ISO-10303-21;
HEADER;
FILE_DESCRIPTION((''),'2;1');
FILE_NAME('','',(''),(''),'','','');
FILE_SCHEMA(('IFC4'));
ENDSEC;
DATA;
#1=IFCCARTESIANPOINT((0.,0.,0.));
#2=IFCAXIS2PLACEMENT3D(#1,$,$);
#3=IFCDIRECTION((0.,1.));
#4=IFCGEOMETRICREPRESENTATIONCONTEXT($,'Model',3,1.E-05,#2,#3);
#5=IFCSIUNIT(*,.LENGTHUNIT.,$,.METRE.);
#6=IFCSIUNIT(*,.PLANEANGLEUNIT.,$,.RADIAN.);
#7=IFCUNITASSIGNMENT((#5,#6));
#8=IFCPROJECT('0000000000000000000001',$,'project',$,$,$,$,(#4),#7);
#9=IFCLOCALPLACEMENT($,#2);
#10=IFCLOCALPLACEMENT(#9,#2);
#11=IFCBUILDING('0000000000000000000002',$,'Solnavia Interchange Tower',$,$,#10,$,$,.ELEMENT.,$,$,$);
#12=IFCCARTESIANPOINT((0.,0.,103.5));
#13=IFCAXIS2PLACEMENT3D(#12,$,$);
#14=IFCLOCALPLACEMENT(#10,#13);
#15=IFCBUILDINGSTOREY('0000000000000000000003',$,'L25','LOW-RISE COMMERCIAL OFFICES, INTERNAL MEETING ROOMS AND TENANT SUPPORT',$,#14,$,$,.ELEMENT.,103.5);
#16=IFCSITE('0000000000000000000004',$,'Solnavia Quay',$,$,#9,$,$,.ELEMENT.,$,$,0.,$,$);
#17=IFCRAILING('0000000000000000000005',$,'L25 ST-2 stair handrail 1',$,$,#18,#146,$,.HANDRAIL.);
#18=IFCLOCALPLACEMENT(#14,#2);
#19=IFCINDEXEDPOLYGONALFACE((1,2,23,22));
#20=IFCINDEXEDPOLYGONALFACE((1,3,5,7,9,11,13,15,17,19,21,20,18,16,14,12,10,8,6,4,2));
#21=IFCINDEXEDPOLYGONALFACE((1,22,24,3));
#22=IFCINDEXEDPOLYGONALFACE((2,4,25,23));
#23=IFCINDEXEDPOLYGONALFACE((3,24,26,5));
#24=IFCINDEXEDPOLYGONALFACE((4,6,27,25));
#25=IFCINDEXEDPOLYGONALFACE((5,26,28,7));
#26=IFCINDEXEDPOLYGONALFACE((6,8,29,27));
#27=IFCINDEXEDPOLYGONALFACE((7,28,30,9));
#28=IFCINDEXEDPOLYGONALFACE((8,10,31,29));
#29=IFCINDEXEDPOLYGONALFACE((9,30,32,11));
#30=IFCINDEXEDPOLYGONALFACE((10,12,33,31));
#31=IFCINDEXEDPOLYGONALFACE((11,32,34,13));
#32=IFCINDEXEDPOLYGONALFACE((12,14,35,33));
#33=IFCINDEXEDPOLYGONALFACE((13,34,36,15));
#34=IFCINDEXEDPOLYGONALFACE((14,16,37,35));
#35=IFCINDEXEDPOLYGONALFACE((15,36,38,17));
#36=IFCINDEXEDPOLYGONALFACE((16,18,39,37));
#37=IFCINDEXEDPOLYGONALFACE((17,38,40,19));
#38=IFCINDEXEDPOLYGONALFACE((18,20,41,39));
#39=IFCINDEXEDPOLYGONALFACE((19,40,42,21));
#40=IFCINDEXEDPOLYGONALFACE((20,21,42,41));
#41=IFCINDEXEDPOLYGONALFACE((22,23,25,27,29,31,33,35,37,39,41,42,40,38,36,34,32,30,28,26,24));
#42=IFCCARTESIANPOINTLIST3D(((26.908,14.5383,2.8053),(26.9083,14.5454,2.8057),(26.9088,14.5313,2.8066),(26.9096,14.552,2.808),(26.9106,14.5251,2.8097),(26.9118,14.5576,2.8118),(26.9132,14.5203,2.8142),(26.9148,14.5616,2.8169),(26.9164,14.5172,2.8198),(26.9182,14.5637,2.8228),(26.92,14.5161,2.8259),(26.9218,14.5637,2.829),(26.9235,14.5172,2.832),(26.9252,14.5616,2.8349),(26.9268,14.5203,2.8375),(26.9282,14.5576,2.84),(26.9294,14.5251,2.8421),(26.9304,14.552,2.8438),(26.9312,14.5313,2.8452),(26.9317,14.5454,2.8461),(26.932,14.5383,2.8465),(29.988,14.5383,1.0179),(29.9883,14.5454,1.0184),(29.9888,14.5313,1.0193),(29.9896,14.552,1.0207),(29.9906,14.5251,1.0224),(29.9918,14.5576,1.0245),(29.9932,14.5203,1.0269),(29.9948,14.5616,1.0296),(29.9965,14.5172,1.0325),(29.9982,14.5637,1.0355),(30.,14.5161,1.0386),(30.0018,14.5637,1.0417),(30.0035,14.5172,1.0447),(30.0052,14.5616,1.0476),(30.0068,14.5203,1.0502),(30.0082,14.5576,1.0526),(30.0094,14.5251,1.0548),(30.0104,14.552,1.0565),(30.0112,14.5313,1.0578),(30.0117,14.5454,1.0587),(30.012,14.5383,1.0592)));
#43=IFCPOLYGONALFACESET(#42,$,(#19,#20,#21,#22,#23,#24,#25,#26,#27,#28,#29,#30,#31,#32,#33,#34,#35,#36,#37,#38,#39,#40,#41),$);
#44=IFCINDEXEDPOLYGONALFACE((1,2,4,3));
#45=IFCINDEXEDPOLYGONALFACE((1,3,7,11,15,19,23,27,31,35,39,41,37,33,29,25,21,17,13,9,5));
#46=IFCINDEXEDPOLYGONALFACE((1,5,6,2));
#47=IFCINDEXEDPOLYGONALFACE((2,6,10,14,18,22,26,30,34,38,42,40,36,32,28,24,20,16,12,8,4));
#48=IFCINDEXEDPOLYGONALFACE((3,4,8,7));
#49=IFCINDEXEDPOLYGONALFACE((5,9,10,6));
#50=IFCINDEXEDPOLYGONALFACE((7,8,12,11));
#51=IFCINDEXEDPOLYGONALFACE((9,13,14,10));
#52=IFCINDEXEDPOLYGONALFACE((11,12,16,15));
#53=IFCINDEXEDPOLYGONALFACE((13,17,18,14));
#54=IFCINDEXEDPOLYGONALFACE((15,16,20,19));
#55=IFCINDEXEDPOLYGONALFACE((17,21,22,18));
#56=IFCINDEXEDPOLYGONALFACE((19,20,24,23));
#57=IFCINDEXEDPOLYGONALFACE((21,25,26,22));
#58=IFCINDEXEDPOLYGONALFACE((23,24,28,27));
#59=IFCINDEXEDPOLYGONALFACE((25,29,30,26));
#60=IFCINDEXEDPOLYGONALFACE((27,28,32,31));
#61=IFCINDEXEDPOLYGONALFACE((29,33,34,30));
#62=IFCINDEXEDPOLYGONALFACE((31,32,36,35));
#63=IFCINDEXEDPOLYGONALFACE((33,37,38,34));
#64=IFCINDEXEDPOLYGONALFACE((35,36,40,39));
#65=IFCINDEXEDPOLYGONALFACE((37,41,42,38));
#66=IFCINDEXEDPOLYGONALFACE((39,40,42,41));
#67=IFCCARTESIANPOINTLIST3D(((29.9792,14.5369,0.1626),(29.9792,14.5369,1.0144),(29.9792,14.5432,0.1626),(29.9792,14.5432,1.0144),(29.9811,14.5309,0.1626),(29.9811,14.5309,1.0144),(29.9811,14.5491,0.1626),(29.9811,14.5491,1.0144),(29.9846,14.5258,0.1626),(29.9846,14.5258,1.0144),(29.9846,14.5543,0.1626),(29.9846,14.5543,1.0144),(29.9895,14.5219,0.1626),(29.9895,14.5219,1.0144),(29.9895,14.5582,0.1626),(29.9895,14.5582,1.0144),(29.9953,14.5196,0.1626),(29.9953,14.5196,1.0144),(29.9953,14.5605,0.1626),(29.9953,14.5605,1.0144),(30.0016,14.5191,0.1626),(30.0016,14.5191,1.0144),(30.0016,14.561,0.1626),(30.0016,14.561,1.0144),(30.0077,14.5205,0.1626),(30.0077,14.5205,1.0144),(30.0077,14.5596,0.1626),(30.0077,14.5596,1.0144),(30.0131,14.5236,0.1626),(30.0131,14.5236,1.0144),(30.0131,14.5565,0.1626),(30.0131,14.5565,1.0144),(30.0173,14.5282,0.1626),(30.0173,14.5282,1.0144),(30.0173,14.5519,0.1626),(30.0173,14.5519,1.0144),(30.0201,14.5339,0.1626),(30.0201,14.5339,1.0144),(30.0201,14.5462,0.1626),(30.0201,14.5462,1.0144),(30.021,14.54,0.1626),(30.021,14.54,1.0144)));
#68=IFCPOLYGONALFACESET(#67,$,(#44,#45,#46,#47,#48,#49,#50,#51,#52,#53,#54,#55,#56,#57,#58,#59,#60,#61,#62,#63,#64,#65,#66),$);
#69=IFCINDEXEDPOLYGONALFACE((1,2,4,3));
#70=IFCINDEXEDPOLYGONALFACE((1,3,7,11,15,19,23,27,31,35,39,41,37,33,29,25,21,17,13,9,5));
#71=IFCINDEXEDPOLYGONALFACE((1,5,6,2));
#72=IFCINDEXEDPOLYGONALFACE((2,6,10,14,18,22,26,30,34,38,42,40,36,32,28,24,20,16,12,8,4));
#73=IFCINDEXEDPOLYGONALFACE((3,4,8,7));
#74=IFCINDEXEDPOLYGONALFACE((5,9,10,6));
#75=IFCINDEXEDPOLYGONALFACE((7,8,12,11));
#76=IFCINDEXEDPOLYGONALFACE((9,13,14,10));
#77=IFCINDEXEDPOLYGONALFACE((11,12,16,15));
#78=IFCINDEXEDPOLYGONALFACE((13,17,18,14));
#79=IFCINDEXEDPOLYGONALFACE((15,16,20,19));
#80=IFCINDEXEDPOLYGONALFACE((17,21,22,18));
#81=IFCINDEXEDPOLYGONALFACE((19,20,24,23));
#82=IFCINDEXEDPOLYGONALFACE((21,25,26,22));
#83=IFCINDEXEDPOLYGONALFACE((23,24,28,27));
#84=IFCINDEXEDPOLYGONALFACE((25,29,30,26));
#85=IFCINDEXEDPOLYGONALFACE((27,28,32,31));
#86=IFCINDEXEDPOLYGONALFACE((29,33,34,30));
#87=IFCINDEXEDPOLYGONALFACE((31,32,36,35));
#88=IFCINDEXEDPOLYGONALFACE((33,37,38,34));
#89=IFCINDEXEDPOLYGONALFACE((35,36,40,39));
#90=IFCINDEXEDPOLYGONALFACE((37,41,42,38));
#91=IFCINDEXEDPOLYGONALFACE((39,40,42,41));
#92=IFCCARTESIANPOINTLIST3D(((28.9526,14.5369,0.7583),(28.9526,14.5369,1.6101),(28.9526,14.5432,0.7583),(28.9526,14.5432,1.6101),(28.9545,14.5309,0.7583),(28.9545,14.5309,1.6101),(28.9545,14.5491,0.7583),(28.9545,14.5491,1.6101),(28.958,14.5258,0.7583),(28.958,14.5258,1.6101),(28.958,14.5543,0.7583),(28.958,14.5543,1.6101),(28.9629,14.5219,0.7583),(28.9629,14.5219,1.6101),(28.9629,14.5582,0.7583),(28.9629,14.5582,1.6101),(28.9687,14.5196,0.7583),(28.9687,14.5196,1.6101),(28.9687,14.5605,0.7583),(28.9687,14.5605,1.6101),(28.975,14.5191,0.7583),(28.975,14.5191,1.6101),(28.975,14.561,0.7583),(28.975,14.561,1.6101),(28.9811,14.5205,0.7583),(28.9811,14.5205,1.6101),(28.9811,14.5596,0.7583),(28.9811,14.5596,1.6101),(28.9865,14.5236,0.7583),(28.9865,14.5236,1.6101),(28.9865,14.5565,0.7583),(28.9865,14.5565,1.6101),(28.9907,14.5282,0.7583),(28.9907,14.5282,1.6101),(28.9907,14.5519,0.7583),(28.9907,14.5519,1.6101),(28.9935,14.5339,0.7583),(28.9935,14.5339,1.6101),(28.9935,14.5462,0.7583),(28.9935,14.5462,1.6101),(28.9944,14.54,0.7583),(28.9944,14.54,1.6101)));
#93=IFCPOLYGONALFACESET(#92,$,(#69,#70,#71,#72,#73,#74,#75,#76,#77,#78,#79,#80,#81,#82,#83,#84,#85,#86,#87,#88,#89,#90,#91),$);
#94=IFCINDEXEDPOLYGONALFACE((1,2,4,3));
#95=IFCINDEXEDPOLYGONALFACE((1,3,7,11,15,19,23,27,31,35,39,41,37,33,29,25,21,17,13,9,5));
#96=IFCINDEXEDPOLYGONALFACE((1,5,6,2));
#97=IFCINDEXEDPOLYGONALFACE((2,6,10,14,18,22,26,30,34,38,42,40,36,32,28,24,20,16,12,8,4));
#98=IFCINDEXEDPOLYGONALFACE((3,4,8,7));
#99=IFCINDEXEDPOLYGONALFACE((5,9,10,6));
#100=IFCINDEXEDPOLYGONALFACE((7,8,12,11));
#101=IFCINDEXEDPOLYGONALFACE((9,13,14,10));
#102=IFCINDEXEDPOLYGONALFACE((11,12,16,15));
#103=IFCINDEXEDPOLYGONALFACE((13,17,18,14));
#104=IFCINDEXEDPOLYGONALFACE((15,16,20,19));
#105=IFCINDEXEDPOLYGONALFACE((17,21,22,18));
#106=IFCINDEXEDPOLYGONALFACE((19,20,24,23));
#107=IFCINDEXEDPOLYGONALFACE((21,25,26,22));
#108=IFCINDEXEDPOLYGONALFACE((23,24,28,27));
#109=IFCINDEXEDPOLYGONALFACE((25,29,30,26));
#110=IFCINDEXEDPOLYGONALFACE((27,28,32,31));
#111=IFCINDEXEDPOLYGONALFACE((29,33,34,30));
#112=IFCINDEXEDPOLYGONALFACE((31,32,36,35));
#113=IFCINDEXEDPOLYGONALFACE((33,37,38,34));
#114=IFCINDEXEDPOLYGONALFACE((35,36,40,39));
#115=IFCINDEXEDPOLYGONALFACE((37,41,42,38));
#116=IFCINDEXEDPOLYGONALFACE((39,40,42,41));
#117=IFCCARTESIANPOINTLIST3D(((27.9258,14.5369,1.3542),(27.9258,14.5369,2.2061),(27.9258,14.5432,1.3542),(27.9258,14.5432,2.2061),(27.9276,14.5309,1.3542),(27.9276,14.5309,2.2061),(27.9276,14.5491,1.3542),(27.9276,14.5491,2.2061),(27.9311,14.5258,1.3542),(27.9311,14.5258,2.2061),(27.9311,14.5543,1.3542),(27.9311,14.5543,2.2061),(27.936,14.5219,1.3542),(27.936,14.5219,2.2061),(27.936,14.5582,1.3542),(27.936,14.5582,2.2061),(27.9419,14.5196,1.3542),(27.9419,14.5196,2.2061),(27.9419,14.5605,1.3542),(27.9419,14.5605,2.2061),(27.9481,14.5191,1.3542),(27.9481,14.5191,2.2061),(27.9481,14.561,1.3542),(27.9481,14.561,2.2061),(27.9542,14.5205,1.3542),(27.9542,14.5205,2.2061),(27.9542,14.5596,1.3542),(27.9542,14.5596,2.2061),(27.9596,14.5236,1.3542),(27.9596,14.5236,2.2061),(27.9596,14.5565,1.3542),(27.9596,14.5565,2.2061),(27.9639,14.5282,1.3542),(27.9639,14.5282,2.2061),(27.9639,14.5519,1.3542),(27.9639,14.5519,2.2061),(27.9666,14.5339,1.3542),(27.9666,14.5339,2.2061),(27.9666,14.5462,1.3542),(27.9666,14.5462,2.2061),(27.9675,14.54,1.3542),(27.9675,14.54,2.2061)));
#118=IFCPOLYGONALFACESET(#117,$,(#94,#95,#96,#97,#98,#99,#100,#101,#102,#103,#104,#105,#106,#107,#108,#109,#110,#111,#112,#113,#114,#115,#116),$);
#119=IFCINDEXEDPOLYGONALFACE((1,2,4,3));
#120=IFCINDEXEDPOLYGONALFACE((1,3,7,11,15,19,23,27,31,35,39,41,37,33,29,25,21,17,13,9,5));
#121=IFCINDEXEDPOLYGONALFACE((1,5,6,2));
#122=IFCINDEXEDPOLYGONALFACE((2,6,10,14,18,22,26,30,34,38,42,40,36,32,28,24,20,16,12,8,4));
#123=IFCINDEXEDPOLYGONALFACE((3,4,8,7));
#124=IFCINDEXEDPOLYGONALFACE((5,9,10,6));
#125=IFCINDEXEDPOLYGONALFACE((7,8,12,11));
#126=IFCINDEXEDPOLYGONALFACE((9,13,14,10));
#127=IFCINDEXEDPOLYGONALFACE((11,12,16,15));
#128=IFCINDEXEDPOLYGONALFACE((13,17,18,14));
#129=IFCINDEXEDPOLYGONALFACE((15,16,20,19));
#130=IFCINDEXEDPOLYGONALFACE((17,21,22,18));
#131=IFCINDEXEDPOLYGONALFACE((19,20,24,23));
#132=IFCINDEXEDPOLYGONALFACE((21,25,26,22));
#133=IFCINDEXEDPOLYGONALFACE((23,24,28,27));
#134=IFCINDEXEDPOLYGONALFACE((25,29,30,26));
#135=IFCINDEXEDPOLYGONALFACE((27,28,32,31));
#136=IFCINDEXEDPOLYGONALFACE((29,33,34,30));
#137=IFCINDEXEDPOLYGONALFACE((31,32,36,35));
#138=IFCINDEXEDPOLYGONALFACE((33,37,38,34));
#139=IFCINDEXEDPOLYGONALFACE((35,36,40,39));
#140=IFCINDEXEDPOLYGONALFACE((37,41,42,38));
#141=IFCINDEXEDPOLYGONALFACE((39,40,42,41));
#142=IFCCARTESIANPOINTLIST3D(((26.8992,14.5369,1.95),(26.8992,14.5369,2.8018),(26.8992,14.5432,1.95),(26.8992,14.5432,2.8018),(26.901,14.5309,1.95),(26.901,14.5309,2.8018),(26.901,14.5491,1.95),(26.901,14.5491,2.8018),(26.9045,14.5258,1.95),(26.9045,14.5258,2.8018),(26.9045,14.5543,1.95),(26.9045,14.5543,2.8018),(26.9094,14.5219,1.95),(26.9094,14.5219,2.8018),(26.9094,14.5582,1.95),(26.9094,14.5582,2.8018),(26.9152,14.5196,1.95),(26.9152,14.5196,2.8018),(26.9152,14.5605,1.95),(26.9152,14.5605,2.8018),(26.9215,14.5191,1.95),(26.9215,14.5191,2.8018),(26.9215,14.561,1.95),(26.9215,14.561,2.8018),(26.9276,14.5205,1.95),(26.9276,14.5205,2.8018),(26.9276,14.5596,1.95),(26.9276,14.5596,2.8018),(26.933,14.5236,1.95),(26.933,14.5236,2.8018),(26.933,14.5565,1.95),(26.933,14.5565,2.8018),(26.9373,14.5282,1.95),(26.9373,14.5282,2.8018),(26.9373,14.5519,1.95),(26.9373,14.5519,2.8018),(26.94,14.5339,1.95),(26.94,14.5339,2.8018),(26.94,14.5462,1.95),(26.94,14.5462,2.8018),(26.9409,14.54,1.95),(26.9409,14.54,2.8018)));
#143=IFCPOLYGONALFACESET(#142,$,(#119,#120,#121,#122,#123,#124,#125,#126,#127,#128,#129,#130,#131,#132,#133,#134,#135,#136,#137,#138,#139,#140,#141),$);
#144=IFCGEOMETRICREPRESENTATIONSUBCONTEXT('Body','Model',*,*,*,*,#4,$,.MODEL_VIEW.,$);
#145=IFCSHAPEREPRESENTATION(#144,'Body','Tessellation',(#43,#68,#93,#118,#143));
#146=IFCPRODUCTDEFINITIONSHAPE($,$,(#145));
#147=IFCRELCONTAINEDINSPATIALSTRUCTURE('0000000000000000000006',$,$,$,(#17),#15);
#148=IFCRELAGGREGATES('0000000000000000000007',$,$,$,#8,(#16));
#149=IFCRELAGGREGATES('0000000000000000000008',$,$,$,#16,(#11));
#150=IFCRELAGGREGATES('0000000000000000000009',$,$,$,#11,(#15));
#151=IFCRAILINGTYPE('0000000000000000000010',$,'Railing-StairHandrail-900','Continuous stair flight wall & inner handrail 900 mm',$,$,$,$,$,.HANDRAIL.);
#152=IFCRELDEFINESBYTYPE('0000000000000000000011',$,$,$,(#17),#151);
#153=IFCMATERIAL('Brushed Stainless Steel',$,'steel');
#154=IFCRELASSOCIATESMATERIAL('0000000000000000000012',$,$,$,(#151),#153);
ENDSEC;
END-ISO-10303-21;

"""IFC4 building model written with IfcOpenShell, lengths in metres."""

from ifc_helpers import new_model, si_unit, direction, frame, origin, origin_2d, place, context, subcontext, project, spatial, circle, extrude, material, type_object, element, save


model = new_model("IFC4")

# Units and contexts
model_context = context("Model", 3, precision=1e-05, world=origin(), true_north=direction((0.0, 1.0)))
body_context = subcontext(model_context, "Body", "Model", "MODEL_VIEW")
ifc_project = project(units=[si_unit("LENGTHUNIT", "METRE"), si_unit("PLANEANGLEUNIT", "RADIAN")], contexts=[model_context])

# Site, building, storey
site_placement = place(None, origin())
site = spatial("IfcSite", under=ifc_project, at=site_placement, Name="Solnavia Quay", CompositionType="ELEMENT", RefElevation=0.0)
building_placement = place(site_placement, origin())
building = spatial("IfcBuilding", under=site, at=building_placement, Name="Solnavia Interchange Tower", CompositionType="ELEMENT")
storey_placement = place(building_placement, frame((0.0, 0.0, 103.5)))
storey = spatial("IfcBuildingStorey", under=building, at=storey_placement, Name="L25", Description="LOW-RISE COMMERCIAL OFFICES, INTERNAL MEETING ROOMS AND TENANT SUPPORT", CompositionType="ELEMENT", Elevation=103.5)

# Railing
ifc_material_1 = material(Name="Brushed Stainless Steel", Category="steel")
railing_type_1 = type_object("IfcRailingType", Name="Railing-StairHandrail-900", Description="Continuous stair flight wall & inner handrail 900 mm", PredefinedType="HANDRAIL", material=ifc_material_1)
railing_1_placement = place(storey_placement, frame((30.0, 14.54, 0.1626)))
element("IfcRailing", 1, at=railing_1_placement, inside=storey, type_object=railing_type_1, Name="L25 ST-2 stair handrail 1", PredefinedType="HANDRAIL", context=body_context, shape_type="SweptSolid", body=[
    extrude(circle(Radius=0.0239, at=origin_2d()), frame((0.0, 0.0, 0.876), z_axis=(-0.86492, 0.0, 0.501909), x_axis=(0.0, -1.0, 0.0)), (0.0, 0.0, 1.0), 3.561),
    extrude(circle(Radius=0.021, at=origin_2d()), origin(), (0.0, 0.0, 1.0), 0.8518),
    extrude(circle(Radius=0.021, at=origin_2d()), frame((-1.0266, 0.0, 0.5957)), (0.0, 0.0, 1.0), 0.8518),
    extrude(circle(Radius=0.021, at=origin_2d()), frame((-2.0535, 0.0, 1.1917)), (0.0, 0.0, 1.0), 0.8518),
    extrude(circle(Radius=0.021, at=origin_2d()), frame((-3.0801, 0.0, 1.7874)), (0.0, 0.0, 1.0), 0.8518),
])

save(model, "model.ifc")
